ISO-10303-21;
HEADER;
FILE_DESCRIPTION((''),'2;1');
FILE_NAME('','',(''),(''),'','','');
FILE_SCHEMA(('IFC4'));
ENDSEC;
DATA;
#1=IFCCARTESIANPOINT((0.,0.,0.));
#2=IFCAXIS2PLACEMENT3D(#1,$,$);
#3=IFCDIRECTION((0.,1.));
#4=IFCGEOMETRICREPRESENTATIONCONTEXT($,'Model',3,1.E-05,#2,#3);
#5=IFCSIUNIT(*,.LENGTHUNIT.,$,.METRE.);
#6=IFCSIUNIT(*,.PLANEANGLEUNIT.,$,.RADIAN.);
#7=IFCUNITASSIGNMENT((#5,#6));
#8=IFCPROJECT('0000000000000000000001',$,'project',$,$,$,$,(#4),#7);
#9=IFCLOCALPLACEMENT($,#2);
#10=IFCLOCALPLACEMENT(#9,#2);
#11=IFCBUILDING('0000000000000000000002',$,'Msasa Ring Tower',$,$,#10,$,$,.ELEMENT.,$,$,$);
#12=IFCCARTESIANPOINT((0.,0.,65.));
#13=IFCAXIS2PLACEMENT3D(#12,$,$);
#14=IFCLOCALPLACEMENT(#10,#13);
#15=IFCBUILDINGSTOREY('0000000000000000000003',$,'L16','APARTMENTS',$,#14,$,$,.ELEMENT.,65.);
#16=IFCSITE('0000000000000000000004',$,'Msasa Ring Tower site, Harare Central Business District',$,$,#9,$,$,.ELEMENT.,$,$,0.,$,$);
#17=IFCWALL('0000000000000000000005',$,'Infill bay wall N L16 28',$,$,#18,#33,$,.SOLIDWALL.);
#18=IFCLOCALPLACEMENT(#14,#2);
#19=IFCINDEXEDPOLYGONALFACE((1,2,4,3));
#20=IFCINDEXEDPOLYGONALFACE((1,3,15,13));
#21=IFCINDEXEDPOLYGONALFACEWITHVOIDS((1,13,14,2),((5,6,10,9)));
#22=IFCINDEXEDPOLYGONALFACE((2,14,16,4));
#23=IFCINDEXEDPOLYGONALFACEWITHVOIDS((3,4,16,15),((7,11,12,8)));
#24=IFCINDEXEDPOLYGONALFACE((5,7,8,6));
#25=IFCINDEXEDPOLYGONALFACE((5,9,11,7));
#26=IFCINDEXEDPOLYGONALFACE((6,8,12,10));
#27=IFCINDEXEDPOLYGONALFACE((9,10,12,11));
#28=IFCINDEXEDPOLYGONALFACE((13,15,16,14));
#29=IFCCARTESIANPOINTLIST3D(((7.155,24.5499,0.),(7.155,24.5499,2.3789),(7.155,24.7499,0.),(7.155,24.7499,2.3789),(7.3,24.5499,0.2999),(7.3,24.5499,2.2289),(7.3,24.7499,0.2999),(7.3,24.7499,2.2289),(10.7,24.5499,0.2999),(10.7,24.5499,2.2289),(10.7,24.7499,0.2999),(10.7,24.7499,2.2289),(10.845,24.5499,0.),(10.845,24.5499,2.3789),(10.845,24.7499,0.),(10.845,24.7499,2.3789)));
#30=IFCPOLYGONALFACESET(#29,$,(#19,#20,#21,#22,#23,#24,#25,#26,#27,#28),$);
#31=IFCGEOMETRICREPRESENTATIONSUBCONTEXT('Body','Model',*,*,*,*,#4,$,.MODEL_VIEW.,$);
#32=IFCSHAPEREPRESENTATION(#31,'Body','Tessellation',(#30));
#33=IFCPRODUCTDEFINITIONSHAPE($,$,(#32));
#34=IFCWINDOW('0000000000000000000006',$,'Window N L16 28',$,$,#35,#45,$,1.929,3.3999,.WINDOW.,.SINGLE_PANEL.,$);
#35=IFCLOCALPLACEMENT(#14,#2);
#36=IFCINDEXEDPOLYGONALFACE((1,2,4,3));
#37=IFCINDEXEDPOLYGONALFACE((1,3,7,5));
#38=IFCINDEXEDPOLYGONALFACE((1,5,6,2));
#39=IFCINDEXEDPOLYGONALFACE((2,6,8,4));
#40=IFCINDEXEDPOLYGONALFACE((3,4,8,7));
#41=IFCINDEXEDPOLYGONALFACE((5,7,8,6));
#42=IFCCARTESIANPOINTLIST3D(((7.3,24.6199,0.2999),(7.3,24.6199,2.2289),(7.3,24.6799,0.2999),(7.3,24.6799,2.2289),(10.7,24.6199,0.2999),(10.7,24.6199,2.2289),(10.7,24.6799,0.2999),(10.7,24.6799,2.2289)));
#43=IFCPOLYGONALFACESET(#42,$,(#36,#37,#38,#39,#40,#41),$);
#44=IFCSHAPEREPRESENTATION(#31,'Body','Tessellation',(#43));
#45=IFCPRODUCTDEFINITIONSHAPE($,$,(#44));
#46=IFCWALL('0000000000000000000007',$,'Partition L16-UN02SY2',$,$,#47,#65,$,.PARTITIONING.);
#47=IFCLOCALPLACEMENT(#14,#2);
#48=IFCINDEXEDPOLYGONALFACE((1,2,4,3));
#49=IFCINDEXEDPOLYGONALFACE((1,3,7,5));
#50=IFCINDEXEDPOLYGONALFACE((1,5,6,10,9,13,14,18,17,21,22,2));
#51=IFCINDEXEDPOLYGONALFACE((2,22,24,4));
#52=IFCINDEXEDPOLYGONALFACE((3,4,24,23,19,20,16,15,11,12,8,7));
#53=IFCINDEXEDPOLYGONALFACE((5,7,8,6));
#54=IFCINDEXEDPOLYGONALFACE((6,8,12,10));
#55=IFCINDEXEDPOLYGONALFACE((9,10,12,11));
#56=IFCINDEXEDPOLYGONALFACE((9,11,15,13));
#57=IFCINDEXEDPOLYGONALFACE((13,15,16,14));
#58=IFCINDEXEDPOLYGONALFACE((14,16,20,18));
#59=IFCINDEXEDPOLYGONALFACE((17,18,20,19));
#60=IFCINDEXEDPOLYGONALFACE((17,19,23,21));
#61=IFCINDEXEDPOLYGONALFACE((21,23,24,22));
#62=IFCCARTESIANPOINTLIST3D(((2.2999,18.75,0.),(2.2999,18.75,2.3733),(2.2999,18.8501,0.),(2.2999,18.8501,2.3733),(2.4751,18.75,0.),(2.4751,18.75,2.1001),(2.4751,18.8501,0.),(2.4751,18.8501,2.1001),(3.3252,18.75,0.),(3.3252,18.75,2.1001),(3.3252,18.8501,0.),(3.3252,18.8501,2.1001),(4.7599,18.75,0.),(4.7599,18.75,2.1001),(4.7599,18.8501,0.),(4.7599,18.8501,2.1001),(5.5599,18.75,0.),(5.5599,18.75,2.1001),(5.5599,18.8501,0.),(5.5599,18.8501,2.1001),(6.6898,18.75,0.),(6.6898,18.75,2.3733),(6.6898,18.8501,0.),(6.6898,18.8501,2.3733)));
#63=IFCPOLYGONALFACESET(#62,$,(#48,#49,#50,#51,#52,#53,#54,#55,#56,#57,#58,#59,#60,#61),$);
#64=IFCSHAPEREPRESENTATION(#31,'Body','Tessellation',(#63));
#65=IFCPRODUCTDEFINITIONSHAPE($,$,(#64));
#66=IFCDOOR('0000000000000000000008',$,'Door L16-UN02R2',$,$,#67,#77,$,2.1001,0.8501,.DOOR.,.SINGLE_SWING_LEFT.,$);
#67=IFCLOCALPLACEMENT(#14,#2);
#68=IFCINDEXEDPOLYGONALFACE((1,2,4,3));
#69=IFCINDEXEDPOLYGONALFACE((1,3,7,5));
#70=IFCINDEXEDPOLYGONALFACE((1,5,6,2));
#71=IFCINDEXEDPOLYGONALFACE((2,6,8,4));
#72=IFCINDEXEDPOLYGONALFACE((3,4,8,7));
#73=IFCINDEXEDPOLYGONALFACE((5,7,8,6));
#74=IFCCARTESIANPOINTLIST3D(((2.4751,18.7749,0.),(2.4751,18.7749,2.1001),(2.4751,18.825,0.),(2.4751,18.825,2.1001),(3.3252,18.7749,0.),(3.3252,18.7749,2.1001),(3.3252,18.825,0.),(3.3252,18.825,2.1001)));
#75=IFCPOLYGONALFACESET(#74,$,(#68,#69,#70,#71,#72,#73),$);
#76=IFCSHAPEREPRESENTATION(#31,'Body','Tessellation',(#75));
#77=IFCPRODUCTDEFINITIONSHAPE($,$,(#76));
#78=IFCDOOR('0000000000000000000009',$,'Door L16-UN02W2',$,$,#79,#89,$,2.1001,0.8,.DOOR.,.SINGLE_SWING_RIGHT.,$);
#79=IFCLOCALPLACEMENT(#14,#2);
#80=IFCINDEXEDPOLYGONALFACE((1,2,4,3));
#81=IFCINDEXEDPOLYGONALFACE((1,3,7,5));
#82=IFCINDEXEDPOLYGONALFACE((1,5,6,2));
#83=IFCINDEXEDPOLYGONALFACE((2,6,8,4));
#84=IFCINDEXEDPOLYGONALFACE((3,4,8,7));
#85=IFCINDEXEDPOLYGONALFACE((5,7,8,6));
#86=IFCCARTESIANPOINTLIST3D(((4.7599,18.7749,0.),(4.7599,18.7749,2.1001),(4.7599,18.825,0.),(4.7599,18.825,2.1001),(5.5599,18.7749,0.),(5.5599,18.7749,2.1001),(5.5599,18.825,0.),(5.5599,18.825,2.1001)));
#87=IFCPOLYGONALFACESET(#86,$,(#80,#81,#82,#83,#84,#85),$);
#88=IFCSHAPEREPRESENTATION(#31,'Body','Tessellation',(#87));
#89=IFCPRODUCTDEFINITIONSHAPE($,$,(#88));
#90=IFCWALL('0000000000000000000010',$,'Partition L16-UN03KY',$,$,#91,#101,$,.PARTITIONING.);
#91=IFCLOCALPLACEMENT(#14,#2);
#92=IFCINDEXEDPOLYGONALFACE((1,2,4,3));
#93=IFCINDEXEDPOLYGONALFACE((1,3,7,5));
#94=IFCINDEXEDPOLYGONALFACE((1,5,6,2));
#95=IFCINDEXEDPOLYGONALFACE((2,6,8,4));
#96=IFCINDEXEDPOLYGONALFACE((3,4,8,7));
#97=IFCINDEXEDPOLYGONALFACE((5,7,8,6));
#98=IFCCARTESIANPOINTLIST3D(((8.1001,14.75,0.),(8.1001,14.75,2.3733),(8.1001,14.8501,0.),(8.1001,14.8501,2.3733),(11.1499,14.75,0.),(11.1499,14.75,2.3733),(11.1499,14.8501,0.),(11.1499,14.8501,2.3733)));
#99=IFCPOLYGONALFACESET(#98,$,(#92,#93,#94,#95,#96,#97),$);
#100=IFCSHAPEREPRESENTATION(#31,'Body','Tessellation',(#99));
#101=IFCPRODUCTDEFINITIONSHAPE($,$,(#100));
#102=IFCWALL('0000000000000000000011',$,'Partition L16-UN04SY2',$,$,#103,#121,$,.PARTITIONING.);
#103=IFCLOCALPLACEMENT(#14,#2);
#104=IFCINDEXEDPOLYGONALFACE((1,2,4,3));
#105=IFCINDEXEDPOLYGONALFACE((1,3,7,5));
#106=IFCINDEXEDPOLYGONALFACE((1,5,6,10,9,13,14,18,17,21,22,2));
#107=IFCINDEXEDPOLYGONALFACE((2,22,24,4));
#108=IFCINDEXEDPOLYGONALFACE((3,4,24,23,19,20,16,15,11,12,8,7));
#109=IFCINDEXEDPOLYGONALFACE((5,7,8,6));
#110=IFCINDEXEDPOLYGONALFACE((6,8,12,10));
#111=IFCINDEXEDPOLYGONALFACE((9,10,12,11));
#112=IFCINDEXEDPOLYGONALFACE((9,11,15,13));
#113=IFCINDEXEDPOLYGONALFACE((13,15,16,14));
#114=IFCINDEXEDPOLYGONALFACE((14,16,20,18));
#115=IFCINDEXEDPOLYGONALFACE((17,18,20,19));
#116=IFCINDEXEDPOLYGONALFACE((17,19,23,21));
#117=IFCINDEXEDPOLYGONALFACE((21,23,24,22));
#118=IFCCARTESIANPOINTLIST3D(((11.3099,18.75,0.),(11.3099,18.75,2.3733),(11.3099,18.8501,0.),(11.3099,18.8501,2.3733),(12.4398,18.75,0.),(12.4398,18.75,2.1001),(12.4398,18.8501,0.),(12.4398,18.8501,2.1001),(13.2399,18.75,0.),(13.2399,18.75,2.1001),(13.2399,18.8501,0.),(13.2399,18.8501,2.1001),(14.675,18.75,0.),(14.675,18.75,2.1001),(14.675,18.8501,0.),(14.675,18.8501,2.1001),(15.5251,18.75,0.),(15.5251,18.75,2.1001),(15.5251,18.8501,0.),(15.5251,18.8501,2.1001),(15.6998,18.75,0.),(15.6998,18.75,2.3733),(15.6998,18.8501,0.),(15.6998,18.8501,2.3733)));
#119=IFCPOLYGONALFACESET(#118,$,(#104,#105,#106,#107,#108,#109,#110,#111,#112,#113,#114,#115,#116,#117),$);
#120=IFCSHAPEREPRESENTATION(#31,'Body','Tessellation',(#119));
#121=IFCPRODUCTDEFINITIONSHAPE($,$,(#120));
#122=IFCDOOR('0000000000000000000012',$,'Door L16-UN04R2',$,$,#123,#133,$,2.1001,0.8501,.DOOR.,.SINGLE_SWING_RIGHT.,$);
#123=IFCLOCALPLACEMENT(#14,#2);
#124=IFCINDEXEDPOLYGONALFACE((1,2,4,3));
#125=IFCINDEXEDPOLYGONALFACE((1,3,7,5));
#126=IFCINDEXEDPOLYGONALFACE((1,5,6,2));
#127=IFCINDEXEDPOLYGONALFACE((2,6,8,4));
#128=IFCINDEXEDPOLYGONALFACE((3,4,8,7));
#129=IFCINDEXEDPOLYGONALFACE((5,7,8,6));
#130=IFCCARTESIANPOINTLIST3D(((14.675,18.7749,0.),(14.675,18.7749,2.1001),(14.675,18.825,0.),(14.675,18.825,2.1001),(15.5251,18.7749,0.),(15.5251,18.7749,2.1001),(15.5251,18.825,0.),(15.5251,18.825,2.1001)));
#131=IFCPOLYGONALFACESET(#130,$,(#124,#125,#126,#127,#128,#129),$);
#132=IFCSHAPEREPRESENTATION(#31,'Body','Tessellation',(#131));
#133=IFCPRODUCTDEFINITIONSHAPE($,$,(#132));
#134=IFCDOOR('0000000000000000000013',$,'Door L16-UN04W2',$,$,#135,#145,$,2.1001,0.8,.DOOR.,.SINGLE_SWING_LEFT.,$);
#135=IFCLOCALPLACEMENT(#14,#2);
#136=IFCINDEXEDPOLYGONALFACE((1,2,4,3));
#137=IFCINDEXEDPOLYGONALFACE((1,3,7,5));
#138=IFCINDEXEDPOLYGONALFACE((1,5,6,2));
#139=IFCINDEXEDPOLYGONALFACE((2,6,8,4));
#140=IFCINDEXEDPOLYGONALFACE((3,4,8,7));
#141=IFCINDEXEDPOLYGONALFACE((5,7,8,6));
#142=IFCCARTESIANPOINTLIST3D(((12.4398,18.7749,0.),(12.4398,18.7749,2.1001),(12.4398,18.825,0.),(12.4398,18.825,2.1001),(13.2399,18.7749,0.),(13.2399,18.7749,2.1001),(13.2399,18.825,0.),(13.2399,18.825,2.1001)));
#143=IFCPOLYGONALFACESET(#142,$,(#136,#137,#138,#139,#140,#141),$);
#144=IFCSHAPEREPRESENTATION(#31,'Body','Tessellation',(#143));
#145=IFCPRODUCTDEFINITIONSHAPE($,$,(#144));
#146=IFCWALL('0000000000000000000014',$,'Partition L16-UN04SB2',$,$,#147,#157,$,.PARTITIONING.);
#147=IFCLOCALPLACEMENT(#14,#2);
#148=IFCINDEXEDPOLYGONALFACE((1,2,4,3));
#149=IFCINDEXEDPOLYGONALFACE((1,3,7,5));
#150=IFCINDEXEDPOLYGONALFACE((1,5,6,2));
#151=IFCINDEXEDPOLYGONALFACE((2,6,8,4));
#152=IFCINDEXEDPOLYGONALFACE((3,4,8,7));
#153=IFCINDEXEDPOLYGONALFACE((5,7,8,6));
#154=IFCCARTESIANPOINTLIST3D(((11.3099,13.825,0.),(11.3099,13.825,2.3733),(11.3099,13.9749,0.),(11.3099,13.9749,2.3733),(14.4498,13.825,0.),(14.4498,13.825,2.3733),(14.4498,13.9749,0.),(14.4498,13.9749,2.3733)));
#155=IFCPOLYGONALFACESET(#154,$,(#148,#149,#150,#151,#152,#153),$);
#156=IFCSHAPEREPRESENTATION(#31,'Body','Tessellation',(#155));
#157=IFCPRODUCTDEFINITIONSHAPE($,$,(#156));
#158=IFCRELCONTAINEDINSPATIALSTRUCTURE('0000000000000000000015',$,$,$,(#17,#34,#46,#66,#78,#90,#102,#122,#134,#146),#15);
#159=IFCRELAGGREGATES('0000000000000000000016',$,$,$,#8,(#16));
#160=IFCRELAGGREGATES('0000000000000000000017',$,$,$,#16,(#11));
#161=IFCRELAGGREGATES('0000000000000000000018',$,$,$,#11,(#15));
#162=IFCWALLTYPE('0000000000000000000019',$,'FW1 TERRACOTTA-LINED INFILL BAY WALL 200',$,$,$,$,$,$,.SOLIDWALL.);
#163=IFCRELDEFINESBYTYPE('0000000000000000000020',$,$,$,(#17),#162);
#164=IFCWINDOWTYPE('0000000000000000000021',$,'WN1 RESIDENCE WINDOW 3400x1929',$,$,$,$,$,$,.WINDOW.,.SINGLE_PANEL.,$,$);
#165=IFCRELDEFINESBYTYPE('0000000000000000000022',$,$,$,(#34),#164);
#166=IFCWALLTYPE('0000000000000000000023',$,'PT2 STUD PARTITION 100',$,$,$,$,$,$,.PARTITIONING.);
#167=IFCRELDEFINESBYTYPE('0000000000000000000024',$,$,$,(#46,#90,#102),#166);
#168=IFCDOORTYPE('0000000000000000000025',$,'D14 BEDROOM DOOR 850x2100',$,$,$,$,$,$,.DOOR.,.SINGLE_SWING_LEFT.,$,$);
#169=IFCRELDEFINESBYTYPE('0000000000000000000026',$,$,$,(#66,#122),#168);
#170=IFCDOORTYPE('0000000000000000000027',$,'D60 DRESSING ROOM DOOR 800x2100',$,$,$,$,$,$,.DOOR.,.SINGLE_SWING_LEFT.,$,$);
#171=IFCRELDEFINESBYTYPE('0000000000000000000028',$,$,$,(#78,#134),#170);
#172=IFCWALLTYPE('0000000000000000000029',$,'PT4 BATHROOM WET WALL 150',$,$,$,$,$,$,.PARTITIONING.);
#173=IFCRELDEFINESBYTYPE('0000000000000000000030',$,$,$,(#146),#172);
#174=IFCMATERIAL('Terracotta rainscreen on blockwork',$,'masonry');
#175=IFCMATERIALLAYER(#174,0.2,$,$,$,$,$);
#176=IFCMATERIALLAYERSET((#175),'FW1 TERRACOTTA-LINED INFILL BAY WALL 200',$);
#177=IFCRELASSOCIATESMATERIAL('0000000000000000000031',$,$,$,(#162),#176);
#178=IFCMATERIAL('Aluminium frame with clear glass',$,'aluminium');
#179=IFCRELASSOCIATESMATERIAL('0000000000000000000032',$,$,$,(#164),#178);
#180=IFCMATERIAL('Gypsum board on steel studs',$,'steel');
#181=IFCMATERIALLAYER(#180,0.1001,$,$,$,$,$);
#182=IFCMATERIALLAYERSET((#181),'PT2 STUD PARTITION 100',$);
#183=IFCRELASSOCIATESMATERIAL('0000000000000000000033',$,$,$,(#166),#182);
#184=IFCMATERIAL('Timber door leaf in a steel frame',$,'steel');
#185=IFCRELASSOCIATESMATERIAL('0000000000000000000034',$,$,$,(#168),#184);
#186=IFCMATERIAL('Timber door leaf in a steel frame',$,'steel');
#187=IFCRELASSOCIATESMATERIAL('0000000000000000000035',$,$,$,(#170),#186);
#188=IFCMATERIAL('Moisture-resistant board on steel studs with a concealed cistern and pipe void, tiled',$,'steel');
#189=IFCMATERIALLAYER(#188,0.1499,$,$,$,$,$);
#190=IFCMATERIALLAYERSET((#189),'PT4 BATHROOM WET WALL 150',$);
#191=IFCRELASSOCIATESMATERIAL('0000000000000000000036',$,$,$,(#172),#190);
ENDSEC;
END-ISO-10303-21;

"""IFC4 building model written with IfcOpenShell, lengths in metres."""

from ifc_helpers import new_model, si_unit, direction, frame, frame_2d, origin, place, context, subcontext, project, spatial, rectangle, extrude, material, layer, layer_set, type_object, element, fill, save


model = new_model("IFC4")

# Units and contexts
model_context = context("Model", 3, precision=1e-05, world=origin(), true_north=direction((0.0, 1.0)))
body_context = subcontext(model_context, "Body", "Model", "MODEL_VIEW")
ifc_project = project(units=[si_unit("LENGTHUNIT", "METRE"), si_unit("PLANEANGLEUNIT", "RADIAN")], contexts=[model_context])

# Site, building, storey
site_placement = place(None, origin())
site = spatial("IfcSite", under=ifc_project, at=site_placement, Name="Msasa Ring Tower site, Harare Central Business District", CompositionType="ELEMENT", RefElevation=0.0)
building_placement = place(site_placement, origin())
building = spatial("IfcBuilding", under=site, at=building_placement, Name="Msasa Ring Tower", CompositionType="ELEMENT")
storey_placement = place(building_placement, frame((0.0, 0.0, 65.0)))
storey = spatial("IfcBuildingStorey", under=building, at=storey_placement, Name="L16", Description="APARTMENTS", CompositionType="ELEMENT", Elevation=65.0)

# Wall, opening, window
ifc_material_1 = material(Name="Terracotta rainscreen on blockwork", Category="masonry")
ifc_layer_1 = layer(ifc_material_1, 0.2)
ifc_layer_set_1 = layer_set([ifc_layer_1], Name="FW1 TERRACOTTA-LINED INFILL BAY WALL 200")
wall_type_1 = type_object("IfcWallType", Name="FW1 TERRACOTTA-LINED INFILL BAY WALL 200", PredefinedType="SOLIDWALL", material=ifc_layer_set_1)
ifc_material_2 = material(Name="Aluminium frame with clear glass", Category="aluminium")
window_type = type_object("IfcWindowType", Name="WN1 RESIDENCE WINDOW 3400x1929", PartitioningType="SINGLE_PANEL", PredefinedType="WINDOW", material=ifc_material_2)
wall_1_placement = place(storey_placement, frame((7.155, 24.6499, 0.0), z_axis=(0.0, 0.0, 1.0), x_axis=(1.0, 0.0, 0.0)))
wall_1 = element("IfcWall", 1, at=wall_1_placement, inside=storey, type_object=wall_type_1, Name="Infill bay wall N L16 28", PredefinedType="SOLIDWALL", context=body_context, shape_type="SweptSolid", body=[
    extrude(rectangle(XDim=3.6899, YDim=0.2, at=frame_2d((1.845, 0.0))), origin(), (0.0, 0.0, 1.0), 2.3789),
])
opening_1_placement = place(wall_1_placement, frame((0.145, 0.0, 0.3)))
opening_1 = element("IfcOpeningElement", 2, at=opening_1_placement, cuts=wall_1, PredefinedType="OPENING", context=body_context, shape_type="SweptSolid", body=[
    extrude(rectangle(XDim=3.3999, YDim=1.929, at=frame_2d((1.7, 0.9644))), frame((0.0, 0.1099, 0.0), z_axis=(0.0, -1.0, 0.0), x_axis=(1.0, 0.0, 0.0)), (0.0, 0.0, 1.0), 0.22),
])
window_1_placement = place(opening_1_placement, origin())
window_1 = element("IfcWindow", 3, at=window_1_placement, inside=storey, type_object=window_type, Name="Window N L16 28", OverallHeight=1.929, OverallWidth=3.3999, PartitioningType="SINGLE_PANEL", PredefinedType="WINDOW", context=body_context, shape_type="SweptSolid", body=[
    extrude(rectangle(XDim=3.3999, YDim=1.929, at=frame_2d((1.7, 0.9644))), frame((0.0, 0.03, 0.0), z_axis=(0.0, -1.0, 0.0), x_axis=(1.0, 0.0, 0.0)), (0.0, 0.0, 1.0), 0.0601),
])
fill(opening_1, window_1)

# Wall, openings, doors
ifc_material_3 = material(Name="Gypsum board on steel studs", Category="steel")
ifc_layer_2 = layer(ifc_material_3, 0.1001)
ifc_layer_set_2 = layer_set([ifc_layer_2], Name="PT2 STUD PARTITION 100")
wall_type_2 = type_object("IfcWallType", Name="PT2 STUD PARTITION 100", PredefinedType="PARTITIONING", material=ifc_layer_set_2)
wall_2_placement = place(storey_placement, frame((2.3, 18.8, 0.0), z_axis=(0.0, 0.0, 1.0), x_axis=(1.0, 0.0, 0.0)))
wall_2 = element("IfcWall", 4, at=wall_2_placement, inside=storey, type_object=wall_type_2, Name="Partition L16-UN02SY2", PredefinedType="PARTITIONING", context=body_context, shape_type="SweptSolid", body=[
    extrude(rectangle(XDim=4.3899, YDim=0.1001, at=frame_2d((2.1948, 0.0))), origin(), (0.0, 0.0, 1.0), 2.3733),
])
opening_2_placement = place(wall_2_placement, frame((0.175, 0.0, 0.0)))
opening_2 = element("IfcOpeningElement", 5, at=opening_2_placement, cuts=wall_2, PredefinedType="OPENING", context=body_context, shape_type="SweptSolid", body=[
    extrude(rectangle(XDim=0.8501, YDim=2.1001, at=frame_2d((0.425, 1.05))), frame((0.0, 0.0601, 0.0), z_axis=(0.0, -1.0, 0.0), x_axis=(1.0, 0.0, 0.0)), (0.0, 0.0, 1.0), 0.1201),
])
opening_3_placement = place(wall_2_placement, frame((2.46, 0.0, 0.0)))
opening_3 = element("IfcOpeningElement", 6, at=opening_3_placement, cuts=wall_2, PredefinedType="OPENING", context=body_context, shape_type="SweptSolid", body=[
    extrude(rectangle(XDim=0.8, YDim=2.1001, at=frame_2d((0.3999, 1.05))), frame((0.0, 0.0601, 0.0), z_axis=(0.0, -1.0, 0.0), x_axis=(1.0, 0.0, 0.0)), (0.0, 0.0, 1.0), 0.1201),
])
ifc_material_4 = material(Name="Timber door leaf in a steel frame", Category="steel")
door_type_1 = type_object("IfcDoorType", Name="D14 BEDROOM DOOR 850x2100", OperationType="SINGLE_SWING_LEFT", PredefinedType="DOOR", material=ifc_material_4)
door_1_placement = place(opening_2_placement, origin())
door_1 = element("IfcDoor", 7, at=door_1_placement, inside=storey, type_object=door_type_1, Name="Door L16-UN02R2", OperationType="SINGLE_SWING_LEFT", OverallHeight=2.1001, OverallWidth=0.8501, PredefinedType="DOOR", context=body_context, shape_type="SweptSolid", body=[
    extrude(rectangle(XDim=0.8501, YDim=2.1001, at=frame_2d((0.425, 1.05))), frame((0.0, 0.0249, 0.0), z_axis=(0.0, -1.0, 0.0), x_axis=(1.0, 0.0, 0.0)), (0.0, 0.0, 1.0), 0.05),
])
fill(opening_2, door_1)
ifc_material_5 = material(Name="Timber door leaf in a steel frame", Category="steel")
door_type_2 = type_object("IfcDoorType", Name="D60 DRESSING ROOM DOOR 800x2100", OperationType="SINGLE_SWING_LEFT", PredefinedType="DOOR", material=ifc_material_5)
door_2_placement = place(opening_3_placement, origin())
door_2 = element("IfcDoor", 8, at=door_2_placement, inside=storey, type_object=door_type_2, Name="Door L16-UN02W2", OperationType="SINGLE_SWING_RIGHT", OverallHeight=2.1001, OverallWidth=0.8, PredefinedType="DOOR", context=body_context, shape_type="SweptSolid", body=[
    extrude(rectangle(XDim=0.8, YDim=2.1001, at=frame_2d((0.3999, 1.05))), frame((0.0, 0.0249, 0.0), z_axis=(0.0, -1.0, 0.0), x_axis=(1.0, 0.0, 0.0)), (0.0, 0.0, 1.0), 0.05),
])
fill(opening_3, door_2)

# Wall
wall_3_placement = place(storey_placement, frame((8.1001, 14.8, 0.0), z_axis=(0.0, 0.0, 1.0), x_axis=(1.0, 0.0, 0.0)))
element("IfcWall", 9, at=wall_3_placement, inside=storey, type_object=wall_type_2, Name="Partition L16-UN03KY", PredefinedType="PARTITIONING", context=body_context, shape_type="SweptSolid", body=[
    extrude(rectangle(XDim=3.0498, YDim=0.1001, at=frame_2d((1.5249, 0.0))), origin(), (0.0, 0.0, 1.0), 2.3733),
])

# Wall, openings, doors
wall_4_placement = place(storey_placement, frame((11.3101, 18.8, 0.0), z_axis=(0.0, 0.0, 1.0), x_axis=(1.0, 0.0, 0.0)))
wall_4 = element("IfcWall", 10, at=wall_4_placement, inside=storey, type_object=wall_type_2, Name="Partition L16-UN04SY2", PredefinedType="PARTITIONING", context=body_context, shape_type="SweptSolid", body=[
    extrude(rectangle(XDim=4.3899, YDim=0.1001, at=frame_2d((2.1948, 0.0))), origin(), (0.0, 0.0, 1.0), 2.3733),
])
opening_4_placement = place(wall_4_placement, frame((3.365, 0.0, 0.0)))
opening_4 = element("IfcOpeningElement", 11, at=opening_4_placement, cuts=wall_4, PredefinedType="OPENING", context=body_context, shape_type="SweptSolid", body=[
    extrude(rectangle(XDim=0.8501, YDim=2.1001, at=frame_2d((0.425, 1.05))), frame((0.0, 0.0601, 0.0), z_axis=(0.0, -1.0, 0.0), x_axis=(1.0, 0.0, 0.0)), (0.0, 0.0, 1.0), 0.1201),
])
opening_5_placement = place(wall_4_placement, frame((1.1299, 0.0, 0.0)))
opening_5 = element("IfcOpeningElement", 12, at=opening_5_placement, cuts=wall_4, PredefinedType="OPENING", context=body_context, shape_type="SweptSolid", body=[
    extrude(rectangle(XDim=0.8, YDim=2.1001, at=frame_2d((0.3999, 1.05))), frame((0.0, 0.0601, 0.0), z_axis=(0.0, -1.0, 0.0), x_axis=(1.0, 0.0, 0.0)), (0.0, 0.0, 1.0), 0.1201),
])
door_3_placement = place(opening_4_placement, origin())
door_3 = element("IfcDoor", 13, at=door_3_placement, inside=storey, type_object=door_type_1, Name="Door L16-UN04R2", OperationType="SINGLE_SWING_RIGHT", OverallHeight=2.1001, OverallWidth=0.8501, PredefinedType="DOOR", context=body_context, shape_type="SweptSolid", body=[
    extrude(rectangle(XDim=0.8501, YDim=2.1001, at=frame_2d((0.425, 1.05))), frame((0.0, 0.0249, 0.0), z_axis=(0.0, -1.0, 0.0), x_axis=(1.0, 0.0, 0.0)), (0.0, 0.0, 1.0), 0.05),
])
fill(opening_4, door_3)
door_4_placement = place(opening_5_placement, origin())
door_4 = element("IfcDoor", 14, at=door_4_placement, inside=storey, type_object=door_type_2, Name="Door L16-UN04W2", OperationType="SINGLE_SWING_LEFT", OverallHeight=2.1001, OverallWidth=0.8, PredefinedType="DOOR", context=body_context, shape_type="SweptSolid", body=[
    extrude(rectangle(XDim=0.8, YDim=2.1001, at=frame_2d((0.3999, 1.05))), frame((0.0, 0.0249, 0.0), z_axis=(0.0, -1.0, 0.0), x_axis=(1.0, 0.0, 0.0)), (0.0, 0.0, 1.0), 0.05),
])
fill(opening_5, door_4)

# Wall
ifc_material_6 = material(Name="Moisture-resistant board on steel studs with a concealed cistern and pipe void, tiled", Category="steel")
ifc_layer_3 = layer(ifc_material_6, 0.1499)
ifc_layer_set_3 = layer_set([ifc_layer_3], Name="PT4 BATHROOM WET WALL 150")
wall_type_3 = type_object("IfcWallType", Name="PT4 BATHROOM WET WALL 150", PredefinedType="PARTITIONING", material=ifc_layer_set_3)
wall_5_placement = place(storey_placement, frame((11.3101, 13.8999, 0.0), z_axis=(0.0, 0.0, 1.0), x_axis=(1.0, 0.0, 0.0)))
element("IfcWall", 15, at=wall_5_placement, inside=storey, type_object=wall_type_3, Name="Partition L16-UN04SB2", PredefinedType="PARTITIONING", context=body_context, shape_type="SweptSolid", body=[
    extrude(rectangle(XDim=3.1399, YDim=0.1499, at=frame_2d((1.5698, 0.0))), origin(), (0.0, 0.0, 1.0), 2.3733),
])

save(model, "model.ifc")
